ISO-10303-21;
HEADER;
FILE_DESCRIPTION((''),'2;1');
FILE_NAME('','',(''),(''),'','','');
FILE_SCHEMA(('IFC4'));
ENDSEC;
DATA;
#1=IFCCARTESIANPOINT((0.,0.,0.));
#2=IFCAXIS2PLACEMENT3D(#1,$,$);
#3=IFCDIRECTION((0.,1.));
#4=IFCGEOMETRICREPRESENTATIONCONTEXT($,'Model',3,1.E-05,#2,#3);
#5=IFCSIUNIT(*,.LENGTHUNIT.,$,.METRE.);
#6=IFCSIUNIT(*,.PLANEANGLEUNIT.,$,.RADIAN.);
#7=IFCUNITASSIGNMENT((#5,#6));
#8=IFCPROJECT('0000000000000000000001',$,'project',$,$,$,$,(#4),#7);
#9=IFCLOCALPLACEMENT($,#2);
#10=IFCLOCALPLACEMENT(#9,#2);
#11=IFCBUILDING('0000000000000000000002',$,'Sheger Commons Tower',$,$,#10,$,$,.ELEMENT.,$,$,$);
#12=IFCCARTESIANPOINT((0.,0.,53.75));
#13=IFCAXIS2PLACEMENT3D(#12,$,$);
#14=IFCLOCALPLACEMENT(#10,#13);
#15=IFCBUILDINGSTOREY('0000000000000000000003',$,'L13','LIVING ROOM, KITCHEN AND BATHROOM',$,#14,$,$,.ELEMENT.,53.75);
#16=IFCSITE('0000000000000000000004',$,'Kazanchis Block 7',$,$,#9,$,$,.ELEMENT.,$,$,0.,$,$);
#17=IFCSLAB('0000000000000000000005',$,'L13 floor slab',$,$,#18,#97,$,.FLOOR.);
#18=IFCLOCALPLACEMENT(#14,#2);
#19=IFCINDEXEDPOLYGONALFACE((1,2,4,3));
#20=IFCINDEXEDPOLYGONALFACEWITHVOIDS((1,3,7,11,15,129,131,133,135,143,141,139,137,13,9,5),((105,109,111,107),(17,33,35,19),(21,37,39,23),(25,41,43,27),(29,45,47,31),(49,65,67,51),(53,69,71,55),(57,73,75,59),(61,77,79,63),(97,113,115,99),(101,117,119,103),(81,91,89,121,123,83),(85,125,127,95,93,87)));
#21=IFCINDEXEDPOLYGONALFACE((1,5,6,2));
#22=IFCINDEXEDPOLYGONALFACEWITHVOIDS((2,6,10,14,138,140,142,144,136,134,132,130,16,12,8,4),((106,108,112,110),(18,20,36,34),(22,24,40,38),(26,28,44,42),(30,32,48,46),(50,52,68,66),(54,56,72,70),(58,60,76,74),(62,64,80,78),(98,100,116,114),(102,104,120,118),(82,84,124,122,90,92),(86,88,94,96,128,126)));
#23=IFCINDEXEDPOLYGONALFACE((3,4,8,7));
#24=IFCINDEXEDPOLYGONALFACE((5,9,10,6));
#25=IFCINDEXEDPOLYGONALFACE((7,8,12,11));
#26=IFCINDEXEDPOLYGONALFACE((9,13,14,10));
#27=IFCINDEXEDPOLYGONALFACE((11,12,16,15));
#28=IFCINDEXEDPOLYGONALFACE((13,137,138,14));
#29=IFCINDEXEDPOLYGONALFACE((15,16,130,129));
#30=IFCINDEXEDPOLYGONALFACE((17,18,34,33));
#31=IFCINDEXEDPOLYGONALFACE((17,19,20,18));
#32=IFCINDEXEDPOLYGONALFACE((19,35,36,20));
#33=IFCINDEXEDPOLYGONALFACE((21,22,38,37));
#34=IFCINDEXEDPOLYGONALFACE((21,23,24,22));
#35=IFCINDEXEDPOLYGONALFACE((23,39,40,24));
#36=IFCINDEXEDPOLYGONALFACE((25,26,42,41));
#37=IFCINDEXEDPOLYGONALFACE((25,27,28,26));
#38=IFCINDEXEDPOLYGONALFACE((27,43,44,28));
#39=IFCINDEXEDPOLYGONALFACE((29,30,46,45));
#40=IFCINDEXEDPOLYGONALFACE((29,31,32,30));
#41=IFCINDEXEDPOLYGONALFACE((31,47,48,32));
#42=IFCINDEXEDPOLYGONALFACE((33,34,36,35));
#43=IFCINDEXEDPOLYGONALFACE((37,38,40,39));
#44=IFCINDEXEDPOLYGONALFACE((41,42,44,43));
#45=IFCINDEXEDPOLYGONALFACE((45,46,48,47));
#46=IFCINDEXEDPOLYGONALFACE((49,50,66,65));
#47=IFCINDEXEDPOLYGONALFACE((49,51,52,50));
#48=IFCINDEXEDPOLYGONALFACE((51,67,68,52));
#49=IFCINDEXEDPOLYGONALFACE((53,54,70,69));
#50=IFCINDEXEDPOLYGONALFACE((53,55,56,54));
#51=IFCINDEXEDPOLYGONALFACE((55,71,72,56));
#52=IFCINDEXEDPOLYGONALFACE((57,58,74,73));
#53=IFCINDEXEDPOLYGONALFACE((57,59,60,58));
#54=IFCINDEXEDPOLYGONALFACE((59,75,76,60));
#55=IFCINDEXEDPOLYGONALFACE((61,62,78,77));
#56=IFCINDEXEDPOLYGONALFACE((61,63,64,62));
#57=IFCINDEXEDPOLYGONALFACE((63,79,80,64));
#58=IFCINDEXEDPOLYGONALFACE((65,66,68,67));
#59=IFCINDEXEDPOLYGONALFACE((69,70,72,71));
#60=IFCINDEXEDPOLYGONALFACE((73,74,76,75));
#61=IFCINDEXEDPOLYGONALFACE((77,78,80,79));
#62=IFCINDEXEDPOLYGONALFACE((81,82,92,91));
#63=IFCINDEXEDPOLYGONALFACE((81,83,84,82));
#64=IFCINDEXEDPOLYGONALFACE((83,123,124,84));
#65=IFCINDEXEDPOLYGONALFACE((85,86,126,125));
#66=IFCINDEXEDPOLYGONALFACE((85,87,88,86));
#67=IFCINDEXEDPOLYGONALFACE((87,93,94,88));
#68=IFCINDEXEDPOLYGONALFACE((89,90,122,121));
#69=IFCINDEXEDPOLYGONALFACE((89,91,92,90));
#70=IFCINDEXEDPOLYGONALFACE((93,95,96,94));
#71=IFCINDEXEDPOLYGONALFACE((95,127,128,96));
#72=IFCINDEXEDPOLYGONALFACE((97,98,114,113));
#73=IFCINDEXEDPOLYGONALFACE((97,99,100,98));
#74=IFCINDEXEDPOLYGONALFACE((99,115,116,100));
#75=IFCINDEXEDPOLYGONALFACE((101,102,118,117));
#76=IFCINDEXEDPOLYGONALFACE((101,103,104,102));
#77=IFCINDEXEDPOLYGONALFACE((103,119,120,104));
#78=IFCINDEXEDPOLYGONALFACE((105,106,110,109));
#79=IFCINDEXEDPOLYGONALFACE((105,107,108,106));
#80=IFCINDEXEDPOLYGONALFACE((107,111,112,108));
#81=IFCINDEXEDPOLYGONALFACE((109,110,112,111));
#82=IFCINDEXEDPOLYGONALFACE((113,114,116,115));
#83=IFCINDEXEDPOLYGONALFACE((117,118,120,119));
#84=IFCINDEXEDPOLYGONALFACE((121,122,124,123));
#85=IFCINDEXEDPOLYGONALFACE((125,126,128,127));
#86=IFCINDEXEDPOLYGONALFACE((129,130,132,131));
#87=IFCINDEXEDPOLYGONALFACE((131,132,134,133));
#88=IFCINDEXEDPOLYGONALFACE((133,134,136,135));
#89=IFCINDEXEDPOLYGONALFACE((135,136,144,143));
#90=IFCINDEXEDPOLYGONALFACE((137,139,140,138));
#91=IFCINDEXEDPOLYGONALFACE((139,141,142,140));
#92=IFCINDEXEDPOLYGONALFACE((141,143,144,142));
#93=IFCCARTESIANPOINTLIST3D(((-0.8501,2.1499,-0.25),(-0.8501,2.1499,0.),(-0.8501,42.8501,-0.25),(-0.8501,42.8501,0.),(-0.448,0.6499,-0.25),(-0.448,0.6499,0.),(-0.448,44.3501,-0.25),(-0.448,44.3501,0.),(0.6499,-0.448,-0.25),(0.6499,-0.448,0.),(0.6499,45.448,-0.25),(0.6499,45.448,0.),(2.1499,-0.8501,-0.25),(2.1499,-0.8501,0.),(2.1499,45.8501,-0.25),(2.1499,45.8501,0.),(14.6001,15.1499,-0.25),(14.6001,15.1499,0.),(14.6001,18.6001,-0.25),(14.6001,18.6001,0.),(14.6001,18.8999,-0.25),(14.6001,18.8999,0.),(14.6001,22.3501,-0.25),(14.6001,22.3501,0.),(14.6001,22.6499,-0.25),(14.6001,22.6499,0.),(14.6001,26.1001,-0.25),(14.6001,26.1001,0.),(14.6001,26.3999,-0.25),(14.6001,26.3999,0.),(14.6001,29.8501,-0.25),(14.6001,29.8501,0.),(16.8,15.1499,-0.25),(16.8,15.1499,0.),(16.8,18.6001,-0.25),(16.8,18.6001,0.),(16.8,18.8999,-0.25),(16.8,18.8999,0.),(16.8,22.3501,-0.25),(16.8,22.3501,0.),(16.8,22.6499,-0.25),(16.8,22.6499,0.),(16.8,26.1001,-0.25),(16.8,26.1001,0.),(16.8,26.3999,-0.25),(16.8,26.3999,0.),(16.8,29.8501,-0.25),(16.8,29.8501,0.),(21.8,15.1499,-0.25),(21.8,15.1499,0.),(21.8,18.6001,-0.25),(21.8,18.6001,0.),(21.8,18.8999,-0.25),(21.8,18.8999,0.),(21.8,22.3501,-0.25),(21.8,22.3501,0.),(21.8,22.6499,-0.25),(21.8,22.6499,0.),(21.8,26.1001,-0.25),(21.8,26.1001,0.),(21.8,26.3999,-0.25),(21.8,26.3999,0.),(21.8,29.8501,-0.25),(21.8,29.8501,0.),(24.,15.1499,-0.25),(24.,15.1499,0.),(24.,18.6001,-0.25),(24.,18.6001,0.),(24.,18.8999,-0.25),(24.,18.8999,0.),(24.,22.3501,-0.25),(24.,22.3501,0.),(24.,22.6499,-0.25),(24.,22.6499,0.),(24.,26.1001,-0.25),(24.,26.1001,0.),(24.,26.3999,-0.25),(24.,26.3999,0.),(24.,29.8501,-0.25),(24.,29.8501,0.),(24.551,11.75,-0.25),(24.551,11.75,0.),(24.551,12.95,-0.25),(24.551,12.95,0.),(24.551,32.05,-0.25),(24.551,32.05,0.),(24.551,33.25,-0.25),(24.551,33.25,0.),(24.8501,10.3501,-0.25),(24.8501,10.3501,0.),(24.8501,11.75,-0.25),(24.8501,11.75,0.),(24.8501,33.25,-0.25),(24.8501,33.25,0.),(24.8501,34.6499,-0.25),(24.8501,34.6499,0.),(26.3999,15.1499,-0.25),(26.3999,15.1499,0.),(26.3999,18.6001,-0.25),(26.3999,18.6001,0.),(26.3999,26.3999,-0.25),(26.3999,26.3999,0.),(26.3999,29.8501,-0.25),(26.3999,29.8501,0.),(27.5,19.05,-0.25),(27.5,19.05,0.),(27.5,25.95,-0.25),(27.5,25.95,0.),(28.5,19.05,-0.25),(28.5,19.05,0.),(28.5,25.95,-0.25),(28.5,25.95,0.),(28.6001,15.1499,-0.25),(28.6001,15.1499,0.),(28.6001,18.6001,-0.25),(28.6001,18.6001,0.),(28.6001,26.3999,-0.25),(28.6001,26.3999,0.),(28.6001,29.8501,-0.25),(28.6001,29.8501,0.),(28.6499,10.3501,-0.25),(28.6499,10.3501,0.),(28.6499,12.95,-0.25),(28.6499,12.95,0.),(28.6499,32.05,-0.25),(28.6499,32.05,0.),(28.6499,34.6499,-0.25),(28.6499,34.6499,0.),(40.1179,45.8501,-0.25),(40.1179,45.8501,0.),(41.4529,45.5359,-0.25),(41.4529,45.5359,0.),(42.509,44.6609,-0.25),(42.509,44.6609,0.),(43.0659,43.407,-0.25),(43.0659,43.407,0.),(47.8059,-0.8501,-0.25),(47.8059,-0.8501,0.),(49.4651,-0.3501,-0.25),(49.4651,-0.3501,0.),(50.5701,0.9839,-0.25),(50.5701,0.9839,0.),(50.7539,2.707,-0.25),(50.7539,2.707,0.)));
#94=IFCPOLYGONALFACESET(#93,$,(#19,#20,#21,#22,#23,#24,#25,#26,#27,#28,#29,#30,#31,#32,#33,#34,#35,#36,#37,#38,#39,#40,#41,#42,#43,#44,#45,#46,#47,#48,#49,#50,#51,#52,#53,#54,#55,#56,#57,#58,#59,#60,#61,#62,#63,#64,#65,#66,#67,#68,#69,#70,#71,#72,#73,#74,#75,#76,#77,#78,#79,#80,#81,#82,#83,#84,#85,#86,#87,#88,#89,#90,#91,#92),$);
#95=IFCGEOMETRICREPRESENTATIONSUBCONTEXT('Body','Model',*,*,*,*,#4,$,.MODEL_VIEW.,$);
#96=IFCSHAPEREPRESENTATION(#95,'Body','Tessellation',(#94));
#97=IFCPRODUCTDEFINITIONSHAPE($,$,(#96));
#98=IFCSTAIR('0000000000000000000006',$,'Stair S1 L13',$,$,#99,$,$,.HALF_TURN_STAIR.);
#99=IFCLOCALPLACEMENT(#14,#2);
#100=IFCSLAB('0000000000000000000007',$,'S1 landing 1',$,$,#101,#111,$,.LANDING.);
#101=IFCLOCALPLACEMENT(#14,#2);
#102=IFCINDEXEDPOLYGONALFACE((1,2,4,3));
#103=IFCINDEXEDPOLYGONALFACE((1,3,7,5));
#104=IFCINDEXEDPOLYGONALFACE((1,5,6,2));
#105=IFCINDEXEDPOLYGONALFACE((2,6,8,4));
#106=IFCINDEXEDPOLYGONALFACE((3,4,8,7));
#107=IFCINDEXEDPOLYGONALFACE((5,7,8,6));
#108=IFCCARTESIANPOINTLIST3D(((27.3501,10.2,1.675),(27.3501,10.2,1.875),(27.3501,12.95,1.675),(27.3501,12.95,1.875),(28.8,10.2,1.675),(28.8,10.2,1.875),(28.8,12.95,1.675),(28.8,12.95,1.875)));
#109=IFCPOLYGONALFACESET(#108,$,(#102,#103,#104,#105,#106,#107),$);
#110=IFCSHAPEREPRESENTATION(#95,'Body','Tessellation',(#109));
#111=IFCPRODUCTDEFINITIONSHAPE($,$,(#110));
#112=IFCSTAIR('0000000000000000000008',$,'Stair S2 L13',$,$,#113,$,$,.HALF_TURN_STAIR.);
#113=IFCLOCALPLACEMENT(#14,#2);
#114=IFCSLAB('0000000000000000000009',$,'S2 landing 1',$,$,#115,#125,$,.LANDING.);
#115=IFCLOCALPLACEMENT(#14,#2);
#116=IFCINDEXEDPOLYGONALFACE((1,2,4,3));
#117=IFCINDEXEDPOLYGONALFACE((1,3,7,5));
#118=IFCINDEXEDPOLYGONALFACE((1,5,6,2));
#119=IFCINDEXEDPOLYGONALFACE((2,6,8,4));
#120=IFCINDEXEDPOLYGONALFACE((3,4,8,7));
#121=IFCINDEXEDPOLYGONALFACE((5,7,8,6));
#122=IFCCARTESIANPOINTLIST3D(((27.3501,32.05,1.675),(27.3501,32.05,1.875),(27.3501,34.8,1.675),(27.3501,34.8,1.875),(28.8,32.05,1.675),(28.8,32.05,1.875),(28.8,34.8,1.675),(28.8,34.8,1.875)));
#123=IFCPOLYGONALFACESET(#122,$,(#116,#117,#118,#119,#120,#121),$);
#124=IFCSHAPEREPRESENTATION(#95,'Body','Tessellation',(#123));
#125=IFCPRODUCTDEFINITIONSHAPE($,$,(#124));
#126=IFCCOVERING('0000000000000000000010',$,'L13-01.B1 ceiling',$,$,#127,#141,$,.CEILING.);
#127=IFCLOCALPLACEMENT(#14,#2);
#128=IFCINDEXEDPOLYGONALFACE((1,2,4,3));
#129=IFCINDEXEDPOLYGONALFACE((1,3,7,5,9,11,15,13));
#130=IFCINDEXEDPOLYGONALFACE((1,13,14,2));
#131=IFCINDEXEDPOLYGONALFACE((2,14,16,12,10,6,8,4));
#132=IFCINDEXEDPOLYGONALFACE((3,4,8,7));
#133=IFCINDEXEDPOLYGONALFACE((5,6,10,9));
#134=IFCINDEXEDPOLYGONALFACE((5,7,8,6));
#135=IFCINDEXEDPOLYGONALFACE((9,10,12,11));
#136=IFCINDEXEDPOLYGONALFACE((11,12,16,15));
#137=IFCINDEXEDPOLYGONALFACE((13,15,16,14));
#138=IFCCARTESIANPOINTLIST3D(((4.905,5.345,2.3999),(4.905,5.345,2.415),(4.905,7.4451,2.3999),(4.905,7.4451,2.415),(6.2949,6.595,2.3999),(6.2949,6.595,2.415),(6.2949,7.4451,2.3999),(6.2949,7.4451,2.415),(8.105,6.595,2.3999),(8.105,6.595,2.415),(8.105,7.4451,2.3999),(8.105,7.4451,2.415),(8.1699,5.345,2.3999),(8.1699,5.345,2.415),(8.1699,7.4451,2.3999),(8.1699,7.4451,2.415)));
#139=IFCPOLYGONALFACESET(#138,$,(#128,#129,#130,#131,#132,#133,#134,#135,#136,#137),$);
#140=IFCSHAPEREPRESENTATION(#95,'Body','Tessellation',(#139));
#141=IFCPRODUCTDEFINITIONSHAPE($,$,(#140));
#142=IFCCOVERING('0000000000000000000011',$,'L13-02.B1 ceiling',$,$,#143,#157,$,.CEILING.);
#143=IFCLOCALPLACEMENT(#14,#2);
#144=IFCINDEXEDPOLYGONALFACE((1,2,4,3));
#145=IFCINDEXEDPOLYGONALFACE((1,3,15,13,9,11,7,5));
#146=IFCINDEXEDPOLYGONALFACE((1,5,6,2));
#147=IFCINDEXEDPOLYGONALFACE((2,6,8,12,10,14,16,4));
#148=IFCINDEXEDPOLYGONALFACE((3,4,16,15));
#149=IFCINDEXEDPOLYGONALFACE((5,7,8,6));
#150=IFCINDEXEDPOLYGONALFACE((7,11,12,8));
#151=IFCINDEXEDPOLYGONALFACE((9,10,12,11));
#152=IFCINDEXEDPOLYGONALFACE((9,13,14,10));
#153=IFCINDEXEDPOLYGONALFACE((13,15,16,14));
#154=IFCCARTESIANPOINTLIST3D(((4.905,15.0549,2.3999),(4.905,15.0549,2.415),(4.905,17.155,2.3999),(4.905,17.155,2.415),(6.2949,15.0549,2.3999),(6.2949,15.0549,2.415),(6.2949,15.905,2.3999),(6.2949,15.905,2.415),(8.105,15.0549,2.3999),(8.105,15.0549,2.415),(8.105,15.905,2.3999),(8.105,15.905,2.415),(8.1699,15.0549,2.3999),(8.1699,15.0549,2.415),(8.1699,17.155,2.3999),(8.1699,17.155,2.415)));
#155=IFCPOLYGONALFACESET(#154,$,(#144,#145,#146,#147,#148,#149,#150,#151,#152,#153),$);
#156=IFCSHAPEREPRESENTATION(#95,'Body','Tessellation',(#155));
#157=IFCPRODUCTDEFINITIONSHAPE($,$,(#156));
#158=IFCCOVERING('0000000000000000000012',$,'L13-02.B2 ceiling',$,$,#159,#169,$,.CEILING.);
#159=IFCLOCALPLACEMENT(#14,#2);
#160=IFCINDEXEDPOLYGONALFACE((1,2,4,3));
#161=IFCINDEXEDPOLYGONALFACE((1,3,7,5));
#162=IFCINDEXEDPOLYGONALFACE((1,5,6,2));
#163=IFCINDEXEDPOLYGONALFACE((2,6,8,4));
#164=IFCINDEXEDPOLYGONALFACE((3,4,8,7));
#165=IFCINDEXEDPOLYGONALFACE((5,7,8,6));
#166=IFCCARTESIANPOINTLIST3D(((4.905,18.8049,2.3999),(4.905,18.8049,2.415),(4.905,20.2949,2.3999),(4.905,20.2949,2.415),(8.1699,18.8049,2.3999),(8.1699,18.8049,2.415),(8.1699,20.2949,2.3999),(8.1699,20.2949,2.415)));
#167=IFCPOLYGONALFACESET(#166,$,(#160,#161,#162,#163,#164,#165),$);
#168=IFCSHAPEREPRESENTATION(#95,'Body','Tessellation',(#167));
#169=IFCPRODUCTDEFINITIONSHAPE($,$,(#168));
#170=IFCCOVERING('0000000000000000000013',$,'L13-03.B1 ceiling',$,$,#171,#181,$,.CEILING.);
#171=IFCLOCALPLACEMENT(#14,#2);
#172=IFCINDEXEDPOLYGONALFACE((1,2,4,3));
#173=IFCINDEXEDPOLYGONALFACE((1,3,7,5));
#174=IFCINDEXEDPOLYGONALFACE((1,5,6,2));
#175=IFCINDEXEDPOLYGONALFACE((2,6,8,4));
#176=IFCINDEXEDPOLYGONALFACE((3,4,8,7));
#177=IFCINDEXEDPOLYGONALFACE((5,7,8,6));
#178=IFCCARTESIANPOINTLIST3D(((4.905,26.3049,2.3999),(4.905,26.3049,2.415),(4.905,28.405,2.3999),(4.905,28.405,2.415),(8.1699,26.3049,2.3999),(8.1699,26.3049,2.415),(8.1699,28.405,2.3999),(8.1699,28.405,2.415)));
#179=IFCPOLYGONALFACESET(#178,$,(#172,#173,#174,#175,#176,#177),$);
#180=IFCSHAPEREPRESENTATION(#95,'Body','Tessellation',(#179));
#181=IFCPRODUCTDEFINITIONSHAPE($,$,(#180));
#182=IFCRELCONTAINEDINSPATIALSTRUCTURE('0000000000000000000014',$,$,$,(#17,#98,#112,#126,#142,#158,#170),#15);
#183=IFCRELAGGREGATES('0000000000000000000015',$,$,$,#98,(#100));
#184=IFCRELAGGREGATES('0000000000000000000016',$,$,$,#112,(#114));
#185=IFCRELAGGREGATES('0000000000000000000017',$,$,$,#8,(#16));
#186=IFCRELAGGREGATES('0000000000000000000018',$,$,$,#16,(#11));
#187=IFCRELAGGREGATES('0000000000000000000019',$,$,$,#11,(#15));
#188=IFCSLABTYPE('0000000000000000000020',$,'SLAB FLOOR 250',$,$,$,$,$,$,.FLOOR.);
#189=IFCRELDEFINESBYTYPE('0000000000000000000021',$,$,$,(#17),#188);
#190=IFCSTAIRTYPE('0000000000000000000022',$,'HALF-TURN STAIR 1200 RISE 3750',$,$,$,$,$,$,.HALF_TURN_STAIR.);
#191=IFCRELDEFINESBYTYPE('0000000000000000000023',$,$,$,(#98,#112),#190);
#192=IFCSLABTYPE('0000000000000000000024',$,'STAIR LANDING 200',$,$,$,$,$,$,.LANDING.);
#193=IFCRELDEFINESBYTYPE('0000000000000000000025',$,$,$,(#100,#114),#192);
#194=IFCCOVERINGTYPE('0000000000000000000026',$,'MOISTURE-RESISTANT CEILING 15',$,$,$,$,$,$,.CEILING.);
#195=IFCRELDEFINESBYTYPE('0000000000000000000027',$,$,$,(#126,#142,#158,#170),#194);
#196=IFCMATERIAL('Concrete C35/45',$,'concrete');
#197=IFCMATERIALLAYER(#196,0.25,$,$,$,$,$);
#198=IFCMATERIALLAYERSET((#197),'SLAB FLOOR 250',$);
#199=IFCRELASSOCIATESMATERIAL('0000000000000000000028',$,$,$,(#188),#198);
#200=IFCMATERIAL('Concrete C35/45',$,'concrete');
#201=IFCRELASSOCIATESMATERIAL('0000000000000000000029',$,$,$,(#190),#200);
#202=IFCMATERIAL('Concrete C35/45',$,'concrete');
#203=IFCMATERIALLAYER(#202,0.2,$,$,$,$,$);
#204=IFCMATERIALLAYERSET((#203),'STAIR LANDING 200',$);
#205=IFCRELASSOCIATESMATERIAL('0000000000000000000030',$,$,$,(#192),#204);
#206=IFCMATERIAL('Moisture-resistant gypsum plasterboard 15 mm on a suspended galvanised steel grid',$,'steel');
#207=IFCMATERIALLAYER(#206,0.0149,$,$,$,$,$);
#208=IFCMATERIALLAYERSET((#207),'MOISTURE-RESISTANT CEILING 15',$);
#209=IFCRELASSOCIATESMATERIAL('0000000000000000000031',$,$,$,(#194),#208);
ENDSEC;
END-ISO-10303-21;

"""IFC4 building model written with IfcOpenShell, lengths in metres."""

from ifc_helpers import new_model, si_unit, direction, frame, origin, place, context, subcontext, project, spatial, polyline, outline, extrude, material, layer, layer_set, type_object, element, aggregate, save


model = new_model("IFC4")

# Units and contexts
model_context = context("Model", 3, precision=1e-05, world=origin(), true_north=direction((0.0, 1.0)))
body_context = subcontext(model_context, "Body", "Model", "MODEL_VIEW")
ifc_project = project(units=[si_unit("LENGTHUNIT", "METRE"), si_unit("PLANEANGLEUNIT", "RADIAN")], contexts=[model_context])

# Site, building, storey
site_placement = place(None, origin())
site = spatial("IfcSite", under=ifc_project, at=site_placement, Name="Kazanchis Block 7", CompositionType="ELEMENT", RefElevation=0.0)
building_placement = place(site_placement, origin())
building = spatial("IfcBuilding", under=site, at=building_placement, Name="Sheger Commons Tower", CompositionType="ELEMENT")
storey_placement = place(building_placement, frame((0.0, 0.0, 53.75)))
storey = spatial("IfcBuildingStorey", under=building, at=storey_placement, Name="L13", Description="LIVING ROOM, KITCHEN AND BATHROOM", CompositionType="ELEMENT", Elevation=53.75)

# Slab
ifc_material_1 = material(Name="Concrete C35/45", Category="concrete")
ifc_layer_1 = layer(ifc_material_1, 0.25)
ifc_layer_set_1 = layer_set([ifc_layer_1], Name="SLAB FLOOR 250")
slab_type_1 = type_object("IfcSlabType", Name="SLAB FLOOR 250", PredefinedType="FLOOR", material=ifc_layer_set_1)
slab_1_placement = place(storey_placement, frame((0.0, 0.0, -0.25)))
element("IfcSlab", 1, at=slab_1_placement, inside=storey, type_object=slab_type_1, Name="L13 floor slab", PredefinedType="FLOOR", context=body_context, shape_type="SweptSolid", body=[
    extrude(outline(polyline([(-0.8501, 2.1499), (-0.448, 0.6499), (0.6499, -0.448), (2.1499, -0.8501), (47.8059, -0.8501), (49.4651, -0.3501), (50.5701, 0.9839), (50.7539, 2.707), (43.0659, 43.407), (42.509, 44.6609), (41.4529, 45.5359), (40.1179, 45.8501), (2.1499, 45.8501), (0.6499, 45.448), (-0.448, 44.3501), (-0.8501, 42.8501), (-0.8501, 2.1499)]), holes=[polyline([(24.8501, 10.3501), (28.6499, 10.3501), (28.6499, 12.95), (24.551, 12.95), (24.551, 11.75), (24.8501, 11.75), (24.8501, 10.3501)]), polyline([(24.551, 32.05), (28.6499, 32.05), (28.6499, 34.6499), (24.8501, 34.6499), (24.8501, 33.25), (24.551, 33.25), (24.551, 32.05)]), polyline([(26.3999, 15.1499), (28.6001, 15.1499), (28.6001, 18.6001), (26.3999, 18.6001), (26.3999, 15.1499)]), polyline([(26.3999, 26.3999), (28.6001, 26.3999), (28.6001, 29.8501), (26.3999, 29.8501), (26.3999, 26.3999)]), polyline([(14.6001, 15.1499), (16.8, 15.1499), (16.8, 18.6001), (14.6001, 18.6001), (14.6001, 15.1499)]), polyline([(14.6001, 18.8999), (16.8, 18.8999), (16.8, 22.3501), (14.6001, 22.3501), (14.6001, 18.8999)]), polyline([(14.6001, 22.6499), (16.8, 22.6499), (16.8, 26.1001), (14.6001, 26.1001), (14.6001, 22.6499)]), polyline([(14.6001, 26.3999), (16.8, 26.3999), (16.8, 29.8501), (14.6001, 29.8501), (14.6001, 26.3999)]), polyline([(21.8, 15.1499), (24.0, 15.1499), (24.0, 18.6001), (21.8, 18.6001), (21.8, 15.1499)]), polyline([(21.8, 18.8999), (24.0, 18.8999), (24.0, 22.3501), (21.8, 22.3501), (21.8, 18.8999)]), polyline([(21.8, 22.6499), (24.0, 22.6499), (24.0, 26.1001), (21.8, 26.1001), (21.8, 22.6499)]), polyline([(21.8, 26.3999), (24.0, 26.3999), (24.0, 29.8501), (21.8, 29.8501), (21.8, 26.3999)]), polyline([(27.5, 19.05), (28.5, 19.05), (28.5, 25.95), (27.5, 25.95), (27.5, 19.05)])]), origin(), (0.0, 0.0, 1.0), 0.25),
])

# Stairs, slabs
ifc_material_2 = material(Name="Concrete C35/45", Category="concrete")
stair_type = type_object("IfcStairType", Name="HALF-TURN STAIR 1200 RISE 3750", PredefinedType="HALF_TURN_STAIR", material=ifc_material_2)
stair_1_placement = place(storey_placement, origin())
stair_1 = element("IfcStair", 2, at=stair_1_placement, inside=storey, type_object=stair_type, Name="Stair S1 L13", PredefinedType="HALF_TURN_STAIR")
ifc_material_3 = material(Name="Concrete C35/45", Category="concrete")
ifc_layer_2 = layer(ifc_material_3, 0.2)
ifc_layer_set_2 = layer_set([ifc_layer_2], Name="STAIR LANDING 200")
slab_type_2 = type_object("IfcSlabType", Name="STAIR LANDING 200", PredefinedType="LANDING", material=ifc_layer_set_2)
slab_2_placement = place(storey_placement, frame((0.0, 0.0, 1.675)))
slab_2 = element("IfcSlab", 3, at=slab_2_placement, type_object=slab_type_2, Name="S1 landing 1", PredefinedType="LANDING", context=body_context, shape_type="SweptSolid", body=[
    extrude(outline(polyline([(27.3501, 10.2), (28.8, 10.2), (28.8, 12.95), (27.3501, 12.95), (27.3501, 10.2)])), origin(), (0.0, 0.0, 1.0), 0.2),
])
aggregate(stair_1, [slab_2])
stair_2_placement = place(storey_placement, origin())
stair_2 = element("IfcStair", 4, at=stair_2_placement, inside=storey, type_object=stair_type, Name="Stair S2 L13", PredefinedType="HALF_TURN_STAIR")
slab_3_placement = place(storey_placement, frame((0.0, 0.0, 1.675)))
slab_3 = element("IfcSlab", 5, at=slab_3_placement, type_object=slab_type_2, Name="S2 landing 1", PredefinedType="LANDING", context=body_context, shape_type="SweptSolid", body=[
    extrude(outline(polyline([(27.3501, 32.05), (28.8, 32.05), (28.8, 34.8), (27.3501, 34.8), (27.3501, 32.05)])), origin(), (0.0, 0.0, 1.0), 0.2),
])
aggregate(stair_2, [slab_3])

# Coverings
ifc_material_4 = material(Name="Moisture-resistant gypsum plasterboard 15 mm on a suspended galvanised steel grid", Category="steel")
ifc_layer_3 = layer(ifc_material_4, 0.0149)
ifc_layer_set_3 = layer_set([ifc_layer_3], Name="MOISTURE-RESISTANT CEILING 15")
covering_type_1 = type_object("IfcCoveringType", Name="MOISTURE-RESISTANT CEILING 15", PredefinedType="CEILING", material=ifc_layer_set_3)
covering_1_placement = place(storey_placement, frame((0.0, 0.0, 2.3999)))
element("IfcCovering", 6, at=covering_1_placement, inside=storey, type_object=covering_type_1, Name="L13-01.B1 ceiling", PredefinedType="CEILING", context=body_context, shape_type="SweptSolid", body=[
    extrude(outline(polyline([(4.905, 5.345), (8.1699, 5.345), (8.1699, 7.4451), (8.105, 7.4451), (8.105, 6.595), (6.2949, 6.595), (6.2949, 7.4451), (4.905, 7.4451), (4.905, 5.345)])), origin(), (0.0, 0.0, 1.0), 0.0151),
])
covering_2_placement = place(storey_placement, frame((0.0, 0.0, 2.3999)))
element("IfcCovering", 7, at=covering_2_placement, inside=storey, type_object=covering_type_1, Name="L13-02.B1 ceiling", PredefinedType="CEILING", context=body_context, shape_type="SweptSolid", body=[
    extrude(outline(polyline([(4.905, 15.0549), (6.2949, 15.0549), (6.2949, 15.905), (8.105, 15.905), (8.105, 15.0549), (8.1699, 15.0549), (8.1699, 17.155), (4.905, 17.155), (4.905, 15.0549)])), origin(), (0.0, 0.0, 1.0), 0.0151),
])
covering_3_placement = place(storey_placement, frame((0.0, 0.0, 2.3999)))
element("IfcCovering", 8, at=covering_3_placement, inside=storey, type_object=covering_type_1, Name="L13-02.B2 ceiling", PredefinedType="CEILING", context=body_context, shape_type="SweptSolid", body=[
    extrude(outline(polyline([(4.905, 18.8049), (8.1699, 18.8049), (8.1699, 20.2949), (4.905, 20.2949), (4.905, 18.8049)])), origin(), (0.0, 0.0, 1.0), 0.0151),
])
covering_4_placement = place(storey_placement, frame((0.0, 0.0, 2.3999)))
element("IfcCovering", 9, at=covering_4_placement, inside=storey, type_object=covering_type_1, Name="L13-03.B1 ceiling", PredefinedType="CEILING", context=body_context, shape_type="SweptSolid", body=[
    extrude(outline(polyline([(4.905, 26.3049), (8.1699, 26.3049), (8.1699, 28.405), (4.905, 28.405), (4.905, 26.3049)])), origin(), (0.0, 0.0, 1.0), 0.0151),
])

save(model, "model.ifc")
